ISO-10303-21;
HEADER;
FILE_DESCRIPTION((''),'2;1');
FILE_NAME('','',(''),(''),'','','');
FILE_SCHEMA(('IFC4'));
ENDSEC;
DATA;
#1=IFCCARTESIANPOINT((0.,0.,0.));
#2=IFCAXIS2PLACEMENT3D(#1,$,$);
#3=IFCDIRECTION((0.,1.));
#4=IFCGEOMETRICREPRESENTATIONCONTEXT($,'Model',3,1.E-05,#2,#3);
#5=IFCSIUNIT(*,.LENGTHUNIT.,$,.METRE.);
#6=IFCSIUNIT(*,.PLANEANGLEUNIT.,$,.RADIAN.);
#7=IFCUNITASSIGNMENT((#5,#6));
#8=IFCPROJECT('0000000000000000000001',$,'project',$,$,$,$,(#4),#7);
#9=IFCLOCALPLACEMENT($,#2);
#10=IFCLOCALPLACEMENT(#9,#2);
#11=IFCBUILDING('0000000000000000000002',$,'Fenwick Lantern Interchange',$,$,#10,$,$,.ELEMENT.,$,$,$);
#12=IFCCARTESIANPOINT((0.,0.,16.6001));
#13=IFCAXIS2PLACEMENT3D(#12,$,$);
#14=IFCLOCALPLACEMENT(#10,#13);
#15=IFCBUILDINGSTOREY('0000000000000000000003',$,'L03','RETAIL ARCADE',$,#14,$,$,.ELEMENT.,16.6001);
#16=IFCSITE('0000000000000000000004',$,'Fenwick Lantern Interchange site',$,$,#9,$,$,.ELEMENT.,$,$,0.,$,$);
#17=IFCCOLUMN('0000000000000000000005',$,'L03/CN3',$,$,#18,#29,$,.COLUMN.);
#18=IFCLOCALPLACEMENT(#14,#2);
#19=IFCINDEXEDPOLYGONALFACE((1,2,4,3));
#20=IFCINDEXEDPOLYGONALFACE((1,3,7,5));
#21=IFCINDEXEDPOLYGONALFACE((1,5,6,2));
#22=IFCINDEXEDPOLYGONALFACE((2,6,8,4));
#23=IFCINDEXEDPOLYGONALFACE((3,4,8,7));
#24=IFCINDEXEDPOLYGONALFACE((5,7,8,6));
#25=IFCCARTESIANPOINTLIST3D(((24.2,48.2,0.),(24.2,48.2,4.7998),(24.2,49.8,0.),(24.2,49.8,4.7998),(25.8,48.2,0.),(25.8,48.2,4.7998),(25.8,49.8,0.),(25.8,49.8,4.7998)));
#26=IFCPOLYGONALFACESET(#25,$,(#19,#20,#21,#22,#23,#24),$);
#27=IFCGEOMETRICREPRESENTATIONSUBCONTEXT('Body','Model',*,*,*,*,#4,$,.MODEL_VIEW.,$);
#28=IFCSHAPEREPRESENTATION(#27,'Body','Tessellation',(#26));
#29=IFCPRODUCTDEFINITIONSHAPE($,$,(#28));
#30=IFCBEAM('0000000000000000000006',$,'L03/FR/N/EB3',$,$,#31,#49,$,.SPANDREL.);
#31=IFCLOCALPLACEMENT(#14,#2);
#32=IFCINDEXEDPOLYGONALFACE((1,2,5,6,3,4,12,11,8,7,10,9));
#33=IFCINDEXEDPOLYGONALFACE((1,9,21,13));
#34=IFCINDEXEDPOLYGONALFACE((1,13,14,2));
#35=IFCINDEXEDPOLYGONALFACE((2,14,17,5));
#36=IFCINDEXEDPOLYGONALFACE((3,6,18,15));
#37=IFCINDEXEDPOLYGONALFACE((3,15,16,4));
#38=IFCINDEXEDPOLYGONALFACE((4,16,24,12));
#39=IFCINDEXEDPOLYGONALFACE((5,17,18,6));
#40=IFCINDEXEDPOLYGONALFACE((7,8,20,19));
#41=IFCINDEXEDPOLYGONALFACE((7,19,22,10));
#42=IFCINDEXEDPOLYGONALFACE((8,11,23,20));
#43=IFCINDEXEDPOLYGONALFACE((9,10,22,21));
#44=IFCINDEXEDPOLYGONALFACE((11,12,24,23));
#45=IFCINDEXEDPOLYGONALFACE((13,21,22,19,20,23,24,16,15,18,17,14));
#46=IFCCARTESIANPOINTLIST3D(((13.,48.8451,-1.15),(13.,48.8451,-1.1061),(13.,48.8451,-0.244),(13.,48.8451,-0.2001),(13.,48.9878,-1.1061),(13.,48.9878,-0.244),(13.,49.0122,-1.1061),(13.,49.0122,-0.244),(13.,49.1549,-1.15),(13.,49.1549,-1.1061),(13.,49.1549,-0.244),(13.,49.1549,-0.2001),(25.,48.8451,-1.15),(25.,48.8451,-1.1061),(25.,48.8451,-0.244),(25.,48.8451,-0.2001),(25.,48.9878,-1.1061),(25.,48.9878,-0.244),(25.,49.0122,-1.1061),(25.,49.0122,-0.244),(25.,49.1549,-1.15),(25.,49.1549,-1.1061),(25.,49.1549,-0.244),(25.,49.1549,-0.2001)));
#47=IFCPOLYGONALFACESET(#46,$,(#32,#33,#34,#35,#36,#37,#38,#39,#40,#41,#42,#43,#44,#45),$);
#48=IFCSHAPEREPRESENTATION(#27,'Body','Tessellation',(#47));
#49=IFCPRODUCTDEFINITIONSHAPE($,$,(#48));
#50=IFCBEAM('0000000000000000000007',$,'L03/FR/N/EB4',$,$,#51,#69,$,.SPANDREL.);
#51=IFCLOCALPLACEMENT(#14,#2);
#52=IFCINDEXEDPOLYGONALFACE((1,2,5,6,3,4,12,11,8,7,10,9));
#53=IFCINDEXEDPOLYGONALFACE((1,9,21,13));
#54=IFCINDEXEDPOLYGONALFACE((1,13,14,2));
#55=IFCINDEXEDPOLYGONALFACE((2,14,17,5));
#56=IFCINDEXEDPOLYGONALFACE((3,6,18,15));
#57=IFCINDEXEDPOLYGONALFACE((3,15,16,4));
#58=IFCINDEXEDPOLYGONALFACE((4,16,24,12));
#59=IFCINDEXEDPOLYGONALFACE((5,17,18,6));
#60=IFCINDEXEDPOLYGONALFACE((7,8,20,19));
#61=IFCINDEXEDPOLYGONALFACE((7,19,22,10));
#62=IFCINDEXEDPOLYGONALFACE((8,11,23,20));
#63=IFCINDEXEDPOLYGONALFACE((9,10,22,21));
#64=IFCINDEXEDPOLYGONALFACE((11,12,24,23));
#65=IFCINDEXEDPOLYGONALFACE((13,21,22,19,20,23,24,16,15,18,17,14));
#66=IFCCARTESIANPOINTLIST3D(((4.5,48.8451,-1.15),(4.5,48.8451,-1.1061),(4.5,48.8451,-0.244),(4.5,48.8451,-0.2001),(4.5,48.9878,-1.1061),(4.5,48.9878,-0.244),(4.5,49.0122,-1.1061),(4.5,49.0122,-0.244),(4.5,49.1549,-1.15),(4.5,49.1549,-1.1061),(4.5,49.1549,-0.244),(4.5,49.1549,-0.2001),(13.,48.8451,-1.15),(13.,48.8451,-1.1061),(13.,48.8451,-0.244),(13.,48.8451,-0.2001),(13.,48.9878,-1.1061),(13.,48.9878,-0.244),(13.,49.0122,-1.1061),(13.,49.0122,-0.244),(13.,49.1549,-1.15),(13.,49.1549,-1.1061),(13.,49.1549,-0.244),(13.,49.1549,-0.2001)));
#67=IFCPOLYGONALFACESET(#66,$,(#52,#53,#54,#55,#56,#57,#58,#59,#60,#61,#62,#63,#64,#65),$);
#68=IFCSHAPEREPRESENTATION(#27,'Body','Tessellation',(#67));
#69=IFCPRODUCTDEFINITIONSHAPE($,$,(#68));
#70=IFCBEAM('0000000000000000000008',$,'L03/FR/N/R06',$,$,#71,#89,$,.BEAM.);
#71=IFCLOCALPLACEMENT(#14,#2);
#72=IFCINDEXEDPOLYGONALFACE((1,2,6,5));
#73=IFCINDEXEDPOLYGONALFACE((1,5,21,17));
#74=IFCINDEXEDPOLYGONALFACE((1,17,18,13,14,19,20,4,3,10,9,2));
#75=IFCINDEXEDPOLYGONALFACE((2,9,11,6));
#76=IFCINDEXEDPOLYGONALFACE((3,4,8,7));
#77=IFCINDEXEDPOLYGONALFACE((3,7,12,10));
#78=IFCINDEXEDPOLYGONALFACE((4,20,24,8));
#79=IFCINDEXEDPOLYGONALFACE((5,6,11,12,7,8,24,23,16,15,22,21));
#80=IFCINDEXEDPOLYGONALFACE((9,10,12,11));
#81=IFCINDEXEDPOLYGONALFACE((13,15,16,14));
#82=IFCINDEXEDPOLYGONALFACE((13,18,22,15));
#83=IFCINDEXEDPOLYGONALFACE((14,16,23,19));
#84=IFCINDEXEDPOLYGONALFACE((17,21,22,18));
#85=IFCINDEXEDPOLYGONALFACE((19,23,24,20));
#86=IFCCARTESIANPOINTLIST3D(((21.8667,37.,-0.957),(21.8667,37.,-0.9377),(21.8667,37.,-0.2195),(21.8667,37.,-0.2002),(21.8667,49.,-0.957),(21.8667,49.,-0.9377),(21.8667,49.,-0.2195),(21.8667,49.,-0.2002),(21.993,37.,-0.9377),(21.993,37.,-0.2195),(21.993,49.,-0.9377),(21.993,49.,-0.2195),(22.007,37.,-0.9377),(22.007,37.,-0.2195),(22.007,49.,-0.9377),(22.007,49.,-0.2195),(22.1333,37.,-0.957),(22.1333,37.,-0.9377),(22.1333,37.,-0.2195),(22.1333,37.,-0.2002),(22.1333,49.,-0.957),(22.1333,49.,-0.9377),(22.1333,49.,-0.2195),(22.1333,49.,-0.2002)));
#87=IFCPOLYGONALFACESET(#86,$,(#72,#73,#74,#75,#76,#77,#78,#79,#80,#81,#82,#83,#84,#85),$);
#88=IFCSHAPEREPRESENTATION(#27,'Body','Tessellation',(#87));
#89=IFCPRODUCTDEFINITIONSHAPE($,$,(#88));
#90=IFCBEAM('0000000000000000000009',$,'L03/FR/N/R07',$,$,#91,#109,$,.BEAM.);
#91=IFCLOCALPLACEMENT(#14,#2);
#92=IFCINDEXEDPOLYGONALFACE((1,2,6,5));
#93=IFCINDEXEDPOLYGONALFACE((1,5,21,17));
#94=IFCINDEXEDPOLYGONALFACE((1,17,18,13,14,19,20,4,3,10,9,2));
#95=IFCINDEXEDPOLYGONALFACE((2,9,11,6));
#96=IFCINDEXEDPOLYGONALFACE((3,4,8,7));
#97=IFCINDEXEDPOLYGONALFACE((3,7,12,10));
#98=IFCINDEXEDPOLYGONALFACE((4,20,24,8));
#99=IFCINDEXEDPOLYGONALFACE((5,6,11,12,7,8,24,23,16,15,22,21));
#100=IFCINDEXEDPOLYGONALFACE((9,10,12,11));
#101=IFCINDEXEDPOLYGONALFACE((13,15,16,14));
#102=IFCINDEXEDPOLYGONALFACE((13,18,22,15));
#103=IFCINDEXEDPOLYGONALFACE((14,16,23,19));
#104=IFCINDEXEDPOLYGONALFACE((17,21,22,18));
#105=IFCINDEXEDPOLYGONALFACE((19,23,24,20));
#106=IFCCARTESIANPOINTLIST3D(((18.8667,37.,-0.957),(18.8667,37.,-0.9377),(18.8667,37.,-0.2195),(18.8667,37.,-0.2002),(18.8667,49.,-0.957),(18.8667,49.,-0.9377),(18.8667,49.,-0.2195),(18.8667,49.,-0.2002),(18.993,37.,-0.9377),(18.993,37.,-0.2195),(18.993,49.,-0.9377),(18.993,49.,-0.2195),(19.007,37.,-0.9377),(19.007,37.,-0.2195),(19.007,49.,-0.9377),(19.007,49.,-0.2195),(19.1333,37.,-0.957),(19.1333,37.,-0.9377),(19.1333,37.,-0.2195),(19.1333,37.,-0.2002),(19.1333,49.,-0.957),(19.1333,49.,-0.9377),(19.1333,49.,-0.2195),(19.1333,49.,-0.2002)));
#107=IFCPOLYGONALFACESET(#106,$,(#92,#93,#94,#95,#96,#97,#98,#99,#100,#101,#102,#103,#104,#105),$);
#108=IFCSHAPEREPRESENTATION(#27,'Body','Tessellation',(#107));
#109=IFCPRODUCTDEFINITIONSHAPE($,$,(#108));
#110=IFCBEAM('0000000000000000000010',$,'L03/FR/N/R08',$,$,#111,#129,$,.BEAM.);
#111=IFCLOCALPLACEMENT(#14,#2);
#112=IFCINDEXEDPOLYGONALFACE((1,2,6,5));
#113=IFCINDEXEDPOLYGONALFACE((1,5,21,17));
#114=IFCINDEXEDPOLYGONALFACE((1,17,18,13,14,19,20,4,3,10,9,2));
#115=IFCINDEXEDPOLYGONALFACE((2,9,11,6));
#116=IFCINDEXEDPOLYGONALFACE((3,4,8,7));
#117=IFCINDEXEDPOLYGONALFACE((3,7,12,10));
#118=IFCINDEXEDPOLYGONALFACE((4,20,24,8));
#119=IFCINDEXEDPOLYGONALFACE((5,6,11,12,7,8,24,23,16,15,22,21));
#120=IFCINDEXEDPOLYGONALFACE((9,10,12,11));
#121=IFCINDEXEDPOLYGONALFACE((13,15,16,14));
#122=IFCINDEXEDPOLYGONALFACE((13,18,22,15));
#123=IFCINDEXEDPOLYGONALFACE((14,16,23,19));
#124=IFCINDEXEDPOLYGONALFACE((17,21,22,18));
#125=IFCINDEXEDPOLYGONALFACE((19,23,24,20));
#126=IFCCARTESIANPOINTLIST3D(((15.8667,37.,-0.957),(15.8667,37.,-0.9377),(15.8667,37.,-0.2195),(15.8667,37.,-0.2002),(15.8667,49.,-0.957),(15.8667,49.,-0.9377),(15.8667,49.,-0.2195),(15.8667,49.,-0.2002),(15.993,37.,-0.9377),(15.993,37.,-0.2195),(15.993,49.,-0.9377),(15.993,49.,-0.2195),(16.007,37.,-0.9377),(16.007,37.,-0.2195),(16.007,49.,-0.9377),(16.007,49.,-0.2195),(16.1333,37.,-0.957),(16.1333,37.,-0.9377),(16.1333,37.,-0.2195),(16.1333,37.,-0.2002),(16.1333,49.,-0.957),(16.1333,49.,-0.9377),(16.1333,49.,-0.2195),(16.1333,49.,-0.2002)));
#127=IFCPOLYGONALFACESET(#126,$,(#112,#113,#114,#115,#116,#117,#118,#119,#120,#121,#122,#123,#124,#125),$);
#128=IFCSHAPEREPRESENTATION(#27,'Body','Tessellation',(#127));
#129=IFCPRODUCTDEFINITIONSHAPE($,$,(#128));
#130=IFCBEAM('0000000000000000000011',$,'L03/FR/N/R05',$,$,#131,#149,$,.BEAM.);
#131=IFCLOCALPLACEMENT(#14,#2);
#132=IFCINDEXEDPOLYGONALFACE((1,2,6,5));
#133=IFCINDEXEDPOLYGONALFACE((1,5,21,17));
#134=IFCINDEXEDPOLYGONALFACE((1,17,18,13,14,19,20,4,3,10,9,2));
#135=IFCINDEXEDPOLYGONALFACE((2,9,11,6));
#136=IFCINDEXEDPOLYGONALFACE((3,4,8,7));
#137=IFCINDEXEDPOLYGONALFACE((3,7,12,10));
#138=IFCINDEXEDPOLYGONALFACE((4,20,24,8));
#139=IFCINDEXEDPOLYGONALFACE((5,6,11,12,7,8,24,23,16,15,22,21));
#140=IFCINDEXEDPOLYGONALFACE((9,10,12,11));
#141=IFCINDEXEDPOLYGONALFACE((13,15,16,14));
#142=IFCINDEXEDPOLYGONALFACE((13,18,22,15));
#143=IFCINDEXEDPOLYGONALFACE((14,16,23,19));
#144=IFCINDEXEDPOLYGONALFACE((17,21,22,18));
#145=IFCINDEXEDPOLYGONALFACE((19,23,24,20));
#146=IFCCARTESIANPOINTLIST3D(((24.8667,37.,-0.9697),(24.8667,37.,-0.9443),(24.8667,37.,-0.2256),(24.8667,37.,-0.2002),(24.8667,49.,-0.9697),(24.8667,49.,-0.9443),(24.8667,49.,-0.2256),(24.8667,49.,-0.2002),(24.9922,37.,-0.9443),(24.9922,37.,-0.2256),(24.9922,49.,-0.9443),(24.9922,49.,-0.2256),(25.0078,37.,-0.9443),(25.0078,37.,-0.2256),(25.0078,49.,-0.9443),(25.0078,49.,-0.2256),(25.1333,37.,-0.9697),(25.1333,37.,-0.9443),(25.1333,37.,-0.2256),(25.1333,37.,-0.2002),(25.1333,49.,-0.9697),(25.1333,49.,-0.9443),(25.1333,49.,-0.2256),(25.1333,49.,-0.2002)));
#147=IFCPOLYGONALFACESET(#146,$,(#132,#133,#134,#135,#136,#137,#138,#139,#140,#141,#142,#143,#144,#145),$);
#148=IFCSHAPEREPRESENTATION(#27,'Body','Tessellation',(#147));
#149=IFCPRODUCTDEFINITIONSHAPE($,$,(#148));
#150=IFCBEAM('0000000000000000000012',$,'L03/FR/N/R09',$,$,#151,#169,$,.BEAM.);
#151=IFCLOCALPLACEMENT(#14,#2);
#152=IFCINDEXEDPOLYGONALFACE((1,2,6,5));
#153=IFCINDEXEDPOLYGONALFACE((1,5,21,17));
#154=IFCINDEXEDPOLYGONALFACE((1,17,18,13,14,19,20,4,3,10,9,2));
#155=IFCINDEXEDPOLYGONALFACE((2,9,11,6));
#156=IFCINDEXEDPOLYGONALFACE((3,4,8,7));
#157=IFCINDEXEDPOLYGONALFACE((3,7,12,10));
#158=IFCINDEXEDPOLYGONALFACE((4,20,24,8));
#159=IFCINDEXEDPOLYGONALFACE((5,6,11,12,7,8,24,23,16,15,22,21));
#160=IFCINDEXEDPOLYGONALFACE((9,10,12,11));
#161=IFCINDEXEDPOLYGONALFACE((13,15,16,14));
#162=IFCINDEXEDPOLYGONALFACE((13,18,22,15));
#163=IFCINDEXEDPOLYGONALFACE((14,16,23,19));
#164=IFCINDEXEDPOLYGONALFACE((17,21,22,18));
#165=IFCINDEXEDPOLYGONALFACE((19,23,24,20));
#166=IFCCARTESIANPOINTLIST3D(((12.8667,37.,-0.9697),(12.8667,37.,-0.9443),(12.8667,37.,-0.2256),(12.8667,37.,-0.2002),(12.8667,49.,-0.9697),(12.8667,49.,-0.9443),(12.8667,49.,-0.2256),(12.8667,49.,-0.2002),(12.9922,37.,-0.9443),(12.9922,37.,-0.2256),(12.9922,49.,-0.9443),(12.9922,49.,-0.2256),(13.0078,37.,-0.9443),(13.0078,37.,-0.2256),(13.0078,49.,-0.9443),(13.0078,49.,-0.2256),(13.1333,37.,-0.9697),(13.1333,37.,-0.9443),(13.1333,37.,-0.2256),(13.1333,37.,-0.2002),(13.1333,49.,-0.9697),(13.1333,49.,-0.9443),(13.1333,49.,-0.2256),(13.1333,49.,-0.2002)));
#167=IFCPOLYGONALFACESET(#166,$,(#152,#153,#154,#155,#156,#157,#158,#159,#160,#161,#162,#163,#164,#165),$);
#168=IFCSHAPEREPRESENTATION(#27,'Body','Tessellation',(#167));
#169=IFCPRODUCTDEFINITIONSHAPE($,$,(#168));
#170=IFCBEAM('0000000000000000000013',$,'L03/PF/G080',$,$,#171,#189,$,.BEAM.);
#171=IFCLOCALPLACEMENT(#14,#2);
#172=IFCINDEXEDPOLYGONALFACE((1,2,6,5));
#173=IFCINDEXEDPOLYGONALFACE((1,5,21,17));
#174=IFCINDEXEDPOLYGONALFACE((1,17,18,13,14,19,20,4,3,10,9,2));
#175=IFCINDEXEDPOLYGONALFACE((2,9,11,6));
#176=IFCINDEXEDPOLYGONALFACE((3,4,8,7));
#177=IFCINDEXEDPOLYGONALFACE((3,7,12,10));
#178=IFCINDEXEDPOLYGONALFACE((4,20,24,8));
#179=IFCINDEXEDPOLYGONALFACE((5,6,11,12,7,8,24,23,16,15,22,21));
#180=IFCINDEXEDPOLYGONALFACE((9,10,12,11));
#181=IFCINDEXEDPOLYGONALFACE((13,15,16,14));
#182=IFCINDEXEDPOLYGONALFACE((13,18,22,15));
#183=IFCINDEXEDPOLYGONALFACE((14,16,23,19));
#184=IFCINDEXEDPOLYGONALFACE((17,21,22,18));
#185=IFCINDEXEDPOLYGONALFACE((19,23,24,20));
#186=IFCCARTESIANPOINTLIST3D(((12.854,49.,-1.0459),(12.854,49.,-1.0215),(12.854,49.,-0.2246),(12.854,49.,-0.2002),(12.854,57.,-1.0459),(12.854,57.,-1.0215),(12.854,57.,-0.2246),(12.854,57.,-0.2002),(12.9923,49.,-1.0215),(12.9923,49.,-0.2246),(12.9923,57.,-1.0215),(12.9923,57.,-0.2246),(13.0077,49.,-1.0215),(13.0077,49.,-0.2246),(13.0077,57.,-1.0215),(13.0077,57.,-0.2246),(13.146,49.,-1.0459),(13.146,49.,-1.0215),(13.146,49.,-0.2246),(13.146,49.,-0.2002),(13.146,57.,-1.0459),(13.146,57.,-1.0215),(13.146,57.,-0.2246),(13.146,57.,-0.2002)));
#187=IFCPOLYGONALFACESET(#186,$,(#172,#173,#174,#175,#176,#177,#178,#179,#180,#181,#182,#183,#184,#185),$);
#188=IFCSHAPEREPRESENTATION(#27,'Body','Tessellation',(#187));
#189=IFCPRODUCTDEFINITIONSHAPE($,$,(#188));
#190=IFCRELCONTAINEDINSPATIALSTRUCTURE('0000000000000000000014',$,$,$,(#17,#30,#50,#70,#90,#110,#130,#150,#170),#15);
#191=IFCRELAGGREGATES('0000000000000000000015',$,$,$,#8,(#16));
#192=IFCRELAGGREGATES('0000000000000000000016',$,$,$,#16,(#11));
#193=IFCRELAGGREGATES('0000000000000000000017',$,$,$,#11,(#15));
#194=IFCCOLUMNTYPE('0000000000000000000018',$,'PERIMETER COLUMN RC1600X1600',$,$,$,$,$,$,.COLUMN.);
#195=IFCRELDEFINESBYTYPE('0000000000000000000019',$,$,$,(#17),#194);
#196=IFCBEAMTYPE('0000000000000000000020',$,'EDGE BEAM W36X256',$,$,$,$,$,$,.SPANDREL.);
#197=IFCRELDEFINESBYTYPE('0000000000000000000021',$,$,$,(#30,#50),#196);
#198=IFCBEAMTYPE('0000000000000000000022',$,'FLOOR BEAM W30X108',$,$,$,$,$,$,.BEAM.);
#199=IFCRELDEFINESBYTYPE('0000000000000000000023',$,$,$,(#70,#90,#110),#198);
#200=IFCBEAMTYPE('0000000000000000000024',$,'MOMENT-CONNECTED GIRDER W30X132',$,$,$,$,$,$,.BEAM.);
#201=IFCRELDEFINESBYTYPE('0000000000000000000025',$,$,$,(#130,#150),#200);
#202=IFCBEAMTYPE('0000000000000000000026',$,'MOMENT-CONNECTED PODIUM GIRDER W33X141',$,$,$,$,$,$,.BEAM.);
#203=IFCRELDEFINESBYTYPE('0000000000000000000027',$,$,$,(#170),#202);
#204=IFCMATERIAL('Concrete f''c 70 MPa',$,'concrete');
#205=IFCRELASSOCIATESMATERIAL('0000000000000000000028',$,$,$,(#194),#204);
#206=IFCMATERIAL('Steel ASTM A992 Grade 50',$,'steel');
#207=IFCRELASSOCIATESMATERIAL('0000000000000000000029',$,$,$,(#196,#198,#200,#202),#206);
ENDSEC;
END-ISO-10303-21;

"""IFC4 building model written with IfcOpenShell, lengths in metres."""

from ifc_helpers import new_model, si_unit, direction, frame, origin, origin_2d, place, context, subcontext, project, spatial, rectangle, i_section, extrude, material, material_profile, profile_set, type_object, element, save


model = new_model("IFC4")

# Units and contexts
model_context = context("Model", 3, precision=1e-05, world=origin(), true_north=direction((0.0, 1.0)))
body_context = subcontext(model_context, "Body", "Model", "MODEL_VIEW")
ifc_project = project(units=[si_unit("LENGTHUNIT", "METRE"), si_unit("PLANEANGLEUNIT", "RADIAN")], contexts=[model_context])

# Site, building, storey
site_placement = place(None, origin())
site = spatial("IfcSite", under=ifc_project, at=site_placement, Name="Fenwick Lantern Interchange site", CompositionType="ELEMENT", RefElevation=0.0)
building_placement = place(site_placement, origin())
building = spatial("IfcBuilding", under=site, at=building_placement, Name="Fenwick Lantern Interchange", CompositionType="ELEMENT")
storey_placement = place(building_placement, frame((0.0, 0.0, 16.6001)))
storey = spatial("IfcBuildingStorey", under=building, at=storey_placement, Name="L03", Description="RETAIL ARCADE", CompositionType="ELEMENT", Elevation=16.6001)

# Column
ifc_material_1 = material(Name="Concrete f'c 70 MPa", Category="concrete")
ifc_material_profile_1 = material_profile(ifc_material_1, rectangle(XDim=1.6001, YDim=1.6001, at=origin_2d()), Name="RC1600X1600")
ifc_profile_set_1 = profile_set([ifc_material_profile_1], Name="Concrete f'c 70 MPa")
column_type = type_object("IfcColumnType", Name="PERIMETER COLUMN RC1600X1600", PredefinedType="COLUMN", material=ifc_profile_set_1)
column_placement = place(storey_placement, frame((25.0, 49.0, 0.0), z_axis=(0.0, 0.0, 1.0), x_axis=(1.0, 0.0, 0.0)))
element("IfcColumn", 1, at=column_placement, inside=storey, type_object=column_type, Name="L03/CN3", PredefinedType="COLUMN", context=body_context, shape_type="SweptSolid", body=[
    extrude(rectangle(XDim=1.6001, YDim=1.6001, at=origin_2d()), origin(), (0.0, 0.0, 1.0), 4.7998),
])

# Beams
ifc_material_2 = material(Name="Steel ASTM A992 Grade 50", Category="steel")
ifc_material_profile_2 = material_profile(ifc_material_2, i_section(OverallWidth=0.3098, OverallDepth=0.95, WebThickness=0.0244, FlangeThickness=0.0439, at=origin_2d()), Name="W36X256")
ifc_profile_set_2 = profile_set([ifc_material_profile_2], Name="Steel ASTM A992 Grade 50")
beam_type_1 = type_object("IfcBeamType", Name="EDGE BEAM W36X256", PredefinedType="SPANDREL", material=ifc_profile_set_2)
beam_1_placement = place(storey_placement, frame((25.0, 49.0, -0.675), z_axis=(-1.0, 0.0, 0.0), x_axis=(0.0, -1.0, 0.0)))
element("IfcBeam", 2, at=beam_1_placement, inside=storey, type_object=beam_type_1, Name="L03/FR/N/EB3", PredefinedType="SPANDREL", context=body_context, shape_type="SweptSolid", body=[
    extrude(i_section(OverallWidth=0.3098, OverallDepth=0.95, WebThickness=0.0244, FlangeThickness=0.0439, at=origin_2d()), origin(), (0.0, 0.0, 1.0), 12.0),
])
beam_2_placement = place(storey_placement, frame((13.0, 49.0, -0.675), z_axis=(-1.0, 0.0, 0.0), x_axis=(0.0, -1.0, 0.0)))
element("IfcBeam", 3, at=beam_2_placement, inside=storey, type_object=beam_type_1, Name="L03/FR/N/EB4", PredefinedType="SPANDREL", context=body_context, shape_type="SweptSolid", body=[
    extrude(i_section(OverallWidth=0.3098, OverallDepth=0.95, WebThickness=0.0244, FlangeThickness=0.0439, at=origin_2d()), origin(), (0.0, 0.0, 1.0), 8.5),
])
ifc_material_profile_3 = material_profile(ifc_material_2, i_section(OverallWidth=0.2666, OverallDepth=0.7568, WebThickness=0.0139, FlangeThickness=0.0193, at=origin_2d()), Name="W30X108")
ifc_profile_set_3 = profile_set([ifc_material_profile_3], Name="Steel ASTM A992 Grade 50")
beam_type_2 = type_object("IfcBeamType", Name="FLOOR BEAM W30X108", PredefinedType="BEAM", material=ifc_profile_set_3)
for number, where, z_axis, x_axis, name in (
    (4, (22.0, 49.0, -0.5786), (0.0, -1.0, 0.0), (1.0, 0.0, 0.0), "L03/FR/N/R06"),
    (5, (19.0, 49.0, -0.5786), (0.0, -1.0, 0.0), (1.0, 0.0, 0.0), "L03/FR/N/R07"),
    (6, (16.0, 49.0, -0.5786), (0.0, -1.0, 0.0), (1.0, 0.0, 0.0), "L03/FR/N/R08"),
):
    element("IfcBeam", number, at=place(storey_placement, frame(where, z_axis=z_axis, x_axis=x_axis)), inside=storey, type_object=beam_type_2, Name=name, PredefinedType="BEAM", context=body_context, shape_type="SweptSolid", body=[
        extrude(i_section(OverallWidth=0.2666, OverallDepth=0.7568, WebThickness=0.0139, FlangeThickness=0.0193, at=origin_2d()), origin(), (0.0, 0.0, 1.0), 12.0),
    ])
ifc_material_profile_4 = material_profile(ifc_material_2, i_section(OverallWidth=0.2666, OverallDepth=0.7695, WebThickness=0.0156, FlangeThickness=0.0254, at=origin_2d()), Name="W30X132")
ifc_profile_set_4 = profile_set([ifc_material_profile_4], Name="Steel ASTM A992 Grade 50")
beam_type_3 = type_object("IfcBeamType", Name="MOMENT-CONNECTED GIRDER W30X132", PredefinedType="BEAM", material=ifc_profile_set_4)
for number, where, z_axis, x_axis, name in (
    (7, (25.0, 49.0, -0.585), (0.0, -1.0, 0.0), (1.0, 0.0, 0.0), "L03/FR/N/R05"),
    (8, (13.0, 49.0, -0.585), (0.0, -1.0, 0.0), (1.0, 0.0, 0.0), "L03/FR/N/R09"),
):
    element("IfcBeam", number, at=place(storey_placement, frame(where, z_axis=z_axis, x_axis=x_axis)), inside=storey, type_object=beam_type_3, Name=name, PredefinedType="BEAM", context=body_context, shape_type="SweptSolid", body=[
        extrude(i_section(OverallWidth=0.2666, OverallDepth=0.7695, WebThickness=0.0156, FlangeThickness=0.0254, at=origin_2d()), origin(), (0.0, 0.0, 1.0), 12.0),
    ])
ifc_material_profile_5 = material_profile(ifc_material_2, i_section(OverallWidth=0.292, OverallDepth=0.8457, WebThickness=0.0154, FlangeThickness=0.0244, at=origin_2d()), Name="W33X141")
ifc_profile_set_5 = profile_set([ifc_material_profile_5], Name="Steel ASTM A992 Grade 50")
beam_type_4 = type_object("IfcBeamType", Name="MOMENT-CONNECTED PODIUM GIRDER W33X141", PredefinedType="BEAM", material=ifc_profile_set_5)
beam_3_placement = place(storey_placement, frame((13.0, 49.0, -0.623), z_axis=(0.0, 1.0, 0.0), x_axis=(-1.0, 0.0, 0.0)))
element("IfcBeam", 9, at=beam_3_placement, inside=storey, type_object=beam_type_4, Name="L03/PF/G080", PredefinedType="BEAM", context=body_context, shape_type="SweptSolid", body=[
    extrude(i_section(OverallWidth=0.292, OverallDepth=0.8457, WebThickness=0.0154, FlangeThickness=0.0244, at=origin_2d()), origin(), (0.0, 0.0, 1.0), 8.0),
])

save(model, "model.ifc")
